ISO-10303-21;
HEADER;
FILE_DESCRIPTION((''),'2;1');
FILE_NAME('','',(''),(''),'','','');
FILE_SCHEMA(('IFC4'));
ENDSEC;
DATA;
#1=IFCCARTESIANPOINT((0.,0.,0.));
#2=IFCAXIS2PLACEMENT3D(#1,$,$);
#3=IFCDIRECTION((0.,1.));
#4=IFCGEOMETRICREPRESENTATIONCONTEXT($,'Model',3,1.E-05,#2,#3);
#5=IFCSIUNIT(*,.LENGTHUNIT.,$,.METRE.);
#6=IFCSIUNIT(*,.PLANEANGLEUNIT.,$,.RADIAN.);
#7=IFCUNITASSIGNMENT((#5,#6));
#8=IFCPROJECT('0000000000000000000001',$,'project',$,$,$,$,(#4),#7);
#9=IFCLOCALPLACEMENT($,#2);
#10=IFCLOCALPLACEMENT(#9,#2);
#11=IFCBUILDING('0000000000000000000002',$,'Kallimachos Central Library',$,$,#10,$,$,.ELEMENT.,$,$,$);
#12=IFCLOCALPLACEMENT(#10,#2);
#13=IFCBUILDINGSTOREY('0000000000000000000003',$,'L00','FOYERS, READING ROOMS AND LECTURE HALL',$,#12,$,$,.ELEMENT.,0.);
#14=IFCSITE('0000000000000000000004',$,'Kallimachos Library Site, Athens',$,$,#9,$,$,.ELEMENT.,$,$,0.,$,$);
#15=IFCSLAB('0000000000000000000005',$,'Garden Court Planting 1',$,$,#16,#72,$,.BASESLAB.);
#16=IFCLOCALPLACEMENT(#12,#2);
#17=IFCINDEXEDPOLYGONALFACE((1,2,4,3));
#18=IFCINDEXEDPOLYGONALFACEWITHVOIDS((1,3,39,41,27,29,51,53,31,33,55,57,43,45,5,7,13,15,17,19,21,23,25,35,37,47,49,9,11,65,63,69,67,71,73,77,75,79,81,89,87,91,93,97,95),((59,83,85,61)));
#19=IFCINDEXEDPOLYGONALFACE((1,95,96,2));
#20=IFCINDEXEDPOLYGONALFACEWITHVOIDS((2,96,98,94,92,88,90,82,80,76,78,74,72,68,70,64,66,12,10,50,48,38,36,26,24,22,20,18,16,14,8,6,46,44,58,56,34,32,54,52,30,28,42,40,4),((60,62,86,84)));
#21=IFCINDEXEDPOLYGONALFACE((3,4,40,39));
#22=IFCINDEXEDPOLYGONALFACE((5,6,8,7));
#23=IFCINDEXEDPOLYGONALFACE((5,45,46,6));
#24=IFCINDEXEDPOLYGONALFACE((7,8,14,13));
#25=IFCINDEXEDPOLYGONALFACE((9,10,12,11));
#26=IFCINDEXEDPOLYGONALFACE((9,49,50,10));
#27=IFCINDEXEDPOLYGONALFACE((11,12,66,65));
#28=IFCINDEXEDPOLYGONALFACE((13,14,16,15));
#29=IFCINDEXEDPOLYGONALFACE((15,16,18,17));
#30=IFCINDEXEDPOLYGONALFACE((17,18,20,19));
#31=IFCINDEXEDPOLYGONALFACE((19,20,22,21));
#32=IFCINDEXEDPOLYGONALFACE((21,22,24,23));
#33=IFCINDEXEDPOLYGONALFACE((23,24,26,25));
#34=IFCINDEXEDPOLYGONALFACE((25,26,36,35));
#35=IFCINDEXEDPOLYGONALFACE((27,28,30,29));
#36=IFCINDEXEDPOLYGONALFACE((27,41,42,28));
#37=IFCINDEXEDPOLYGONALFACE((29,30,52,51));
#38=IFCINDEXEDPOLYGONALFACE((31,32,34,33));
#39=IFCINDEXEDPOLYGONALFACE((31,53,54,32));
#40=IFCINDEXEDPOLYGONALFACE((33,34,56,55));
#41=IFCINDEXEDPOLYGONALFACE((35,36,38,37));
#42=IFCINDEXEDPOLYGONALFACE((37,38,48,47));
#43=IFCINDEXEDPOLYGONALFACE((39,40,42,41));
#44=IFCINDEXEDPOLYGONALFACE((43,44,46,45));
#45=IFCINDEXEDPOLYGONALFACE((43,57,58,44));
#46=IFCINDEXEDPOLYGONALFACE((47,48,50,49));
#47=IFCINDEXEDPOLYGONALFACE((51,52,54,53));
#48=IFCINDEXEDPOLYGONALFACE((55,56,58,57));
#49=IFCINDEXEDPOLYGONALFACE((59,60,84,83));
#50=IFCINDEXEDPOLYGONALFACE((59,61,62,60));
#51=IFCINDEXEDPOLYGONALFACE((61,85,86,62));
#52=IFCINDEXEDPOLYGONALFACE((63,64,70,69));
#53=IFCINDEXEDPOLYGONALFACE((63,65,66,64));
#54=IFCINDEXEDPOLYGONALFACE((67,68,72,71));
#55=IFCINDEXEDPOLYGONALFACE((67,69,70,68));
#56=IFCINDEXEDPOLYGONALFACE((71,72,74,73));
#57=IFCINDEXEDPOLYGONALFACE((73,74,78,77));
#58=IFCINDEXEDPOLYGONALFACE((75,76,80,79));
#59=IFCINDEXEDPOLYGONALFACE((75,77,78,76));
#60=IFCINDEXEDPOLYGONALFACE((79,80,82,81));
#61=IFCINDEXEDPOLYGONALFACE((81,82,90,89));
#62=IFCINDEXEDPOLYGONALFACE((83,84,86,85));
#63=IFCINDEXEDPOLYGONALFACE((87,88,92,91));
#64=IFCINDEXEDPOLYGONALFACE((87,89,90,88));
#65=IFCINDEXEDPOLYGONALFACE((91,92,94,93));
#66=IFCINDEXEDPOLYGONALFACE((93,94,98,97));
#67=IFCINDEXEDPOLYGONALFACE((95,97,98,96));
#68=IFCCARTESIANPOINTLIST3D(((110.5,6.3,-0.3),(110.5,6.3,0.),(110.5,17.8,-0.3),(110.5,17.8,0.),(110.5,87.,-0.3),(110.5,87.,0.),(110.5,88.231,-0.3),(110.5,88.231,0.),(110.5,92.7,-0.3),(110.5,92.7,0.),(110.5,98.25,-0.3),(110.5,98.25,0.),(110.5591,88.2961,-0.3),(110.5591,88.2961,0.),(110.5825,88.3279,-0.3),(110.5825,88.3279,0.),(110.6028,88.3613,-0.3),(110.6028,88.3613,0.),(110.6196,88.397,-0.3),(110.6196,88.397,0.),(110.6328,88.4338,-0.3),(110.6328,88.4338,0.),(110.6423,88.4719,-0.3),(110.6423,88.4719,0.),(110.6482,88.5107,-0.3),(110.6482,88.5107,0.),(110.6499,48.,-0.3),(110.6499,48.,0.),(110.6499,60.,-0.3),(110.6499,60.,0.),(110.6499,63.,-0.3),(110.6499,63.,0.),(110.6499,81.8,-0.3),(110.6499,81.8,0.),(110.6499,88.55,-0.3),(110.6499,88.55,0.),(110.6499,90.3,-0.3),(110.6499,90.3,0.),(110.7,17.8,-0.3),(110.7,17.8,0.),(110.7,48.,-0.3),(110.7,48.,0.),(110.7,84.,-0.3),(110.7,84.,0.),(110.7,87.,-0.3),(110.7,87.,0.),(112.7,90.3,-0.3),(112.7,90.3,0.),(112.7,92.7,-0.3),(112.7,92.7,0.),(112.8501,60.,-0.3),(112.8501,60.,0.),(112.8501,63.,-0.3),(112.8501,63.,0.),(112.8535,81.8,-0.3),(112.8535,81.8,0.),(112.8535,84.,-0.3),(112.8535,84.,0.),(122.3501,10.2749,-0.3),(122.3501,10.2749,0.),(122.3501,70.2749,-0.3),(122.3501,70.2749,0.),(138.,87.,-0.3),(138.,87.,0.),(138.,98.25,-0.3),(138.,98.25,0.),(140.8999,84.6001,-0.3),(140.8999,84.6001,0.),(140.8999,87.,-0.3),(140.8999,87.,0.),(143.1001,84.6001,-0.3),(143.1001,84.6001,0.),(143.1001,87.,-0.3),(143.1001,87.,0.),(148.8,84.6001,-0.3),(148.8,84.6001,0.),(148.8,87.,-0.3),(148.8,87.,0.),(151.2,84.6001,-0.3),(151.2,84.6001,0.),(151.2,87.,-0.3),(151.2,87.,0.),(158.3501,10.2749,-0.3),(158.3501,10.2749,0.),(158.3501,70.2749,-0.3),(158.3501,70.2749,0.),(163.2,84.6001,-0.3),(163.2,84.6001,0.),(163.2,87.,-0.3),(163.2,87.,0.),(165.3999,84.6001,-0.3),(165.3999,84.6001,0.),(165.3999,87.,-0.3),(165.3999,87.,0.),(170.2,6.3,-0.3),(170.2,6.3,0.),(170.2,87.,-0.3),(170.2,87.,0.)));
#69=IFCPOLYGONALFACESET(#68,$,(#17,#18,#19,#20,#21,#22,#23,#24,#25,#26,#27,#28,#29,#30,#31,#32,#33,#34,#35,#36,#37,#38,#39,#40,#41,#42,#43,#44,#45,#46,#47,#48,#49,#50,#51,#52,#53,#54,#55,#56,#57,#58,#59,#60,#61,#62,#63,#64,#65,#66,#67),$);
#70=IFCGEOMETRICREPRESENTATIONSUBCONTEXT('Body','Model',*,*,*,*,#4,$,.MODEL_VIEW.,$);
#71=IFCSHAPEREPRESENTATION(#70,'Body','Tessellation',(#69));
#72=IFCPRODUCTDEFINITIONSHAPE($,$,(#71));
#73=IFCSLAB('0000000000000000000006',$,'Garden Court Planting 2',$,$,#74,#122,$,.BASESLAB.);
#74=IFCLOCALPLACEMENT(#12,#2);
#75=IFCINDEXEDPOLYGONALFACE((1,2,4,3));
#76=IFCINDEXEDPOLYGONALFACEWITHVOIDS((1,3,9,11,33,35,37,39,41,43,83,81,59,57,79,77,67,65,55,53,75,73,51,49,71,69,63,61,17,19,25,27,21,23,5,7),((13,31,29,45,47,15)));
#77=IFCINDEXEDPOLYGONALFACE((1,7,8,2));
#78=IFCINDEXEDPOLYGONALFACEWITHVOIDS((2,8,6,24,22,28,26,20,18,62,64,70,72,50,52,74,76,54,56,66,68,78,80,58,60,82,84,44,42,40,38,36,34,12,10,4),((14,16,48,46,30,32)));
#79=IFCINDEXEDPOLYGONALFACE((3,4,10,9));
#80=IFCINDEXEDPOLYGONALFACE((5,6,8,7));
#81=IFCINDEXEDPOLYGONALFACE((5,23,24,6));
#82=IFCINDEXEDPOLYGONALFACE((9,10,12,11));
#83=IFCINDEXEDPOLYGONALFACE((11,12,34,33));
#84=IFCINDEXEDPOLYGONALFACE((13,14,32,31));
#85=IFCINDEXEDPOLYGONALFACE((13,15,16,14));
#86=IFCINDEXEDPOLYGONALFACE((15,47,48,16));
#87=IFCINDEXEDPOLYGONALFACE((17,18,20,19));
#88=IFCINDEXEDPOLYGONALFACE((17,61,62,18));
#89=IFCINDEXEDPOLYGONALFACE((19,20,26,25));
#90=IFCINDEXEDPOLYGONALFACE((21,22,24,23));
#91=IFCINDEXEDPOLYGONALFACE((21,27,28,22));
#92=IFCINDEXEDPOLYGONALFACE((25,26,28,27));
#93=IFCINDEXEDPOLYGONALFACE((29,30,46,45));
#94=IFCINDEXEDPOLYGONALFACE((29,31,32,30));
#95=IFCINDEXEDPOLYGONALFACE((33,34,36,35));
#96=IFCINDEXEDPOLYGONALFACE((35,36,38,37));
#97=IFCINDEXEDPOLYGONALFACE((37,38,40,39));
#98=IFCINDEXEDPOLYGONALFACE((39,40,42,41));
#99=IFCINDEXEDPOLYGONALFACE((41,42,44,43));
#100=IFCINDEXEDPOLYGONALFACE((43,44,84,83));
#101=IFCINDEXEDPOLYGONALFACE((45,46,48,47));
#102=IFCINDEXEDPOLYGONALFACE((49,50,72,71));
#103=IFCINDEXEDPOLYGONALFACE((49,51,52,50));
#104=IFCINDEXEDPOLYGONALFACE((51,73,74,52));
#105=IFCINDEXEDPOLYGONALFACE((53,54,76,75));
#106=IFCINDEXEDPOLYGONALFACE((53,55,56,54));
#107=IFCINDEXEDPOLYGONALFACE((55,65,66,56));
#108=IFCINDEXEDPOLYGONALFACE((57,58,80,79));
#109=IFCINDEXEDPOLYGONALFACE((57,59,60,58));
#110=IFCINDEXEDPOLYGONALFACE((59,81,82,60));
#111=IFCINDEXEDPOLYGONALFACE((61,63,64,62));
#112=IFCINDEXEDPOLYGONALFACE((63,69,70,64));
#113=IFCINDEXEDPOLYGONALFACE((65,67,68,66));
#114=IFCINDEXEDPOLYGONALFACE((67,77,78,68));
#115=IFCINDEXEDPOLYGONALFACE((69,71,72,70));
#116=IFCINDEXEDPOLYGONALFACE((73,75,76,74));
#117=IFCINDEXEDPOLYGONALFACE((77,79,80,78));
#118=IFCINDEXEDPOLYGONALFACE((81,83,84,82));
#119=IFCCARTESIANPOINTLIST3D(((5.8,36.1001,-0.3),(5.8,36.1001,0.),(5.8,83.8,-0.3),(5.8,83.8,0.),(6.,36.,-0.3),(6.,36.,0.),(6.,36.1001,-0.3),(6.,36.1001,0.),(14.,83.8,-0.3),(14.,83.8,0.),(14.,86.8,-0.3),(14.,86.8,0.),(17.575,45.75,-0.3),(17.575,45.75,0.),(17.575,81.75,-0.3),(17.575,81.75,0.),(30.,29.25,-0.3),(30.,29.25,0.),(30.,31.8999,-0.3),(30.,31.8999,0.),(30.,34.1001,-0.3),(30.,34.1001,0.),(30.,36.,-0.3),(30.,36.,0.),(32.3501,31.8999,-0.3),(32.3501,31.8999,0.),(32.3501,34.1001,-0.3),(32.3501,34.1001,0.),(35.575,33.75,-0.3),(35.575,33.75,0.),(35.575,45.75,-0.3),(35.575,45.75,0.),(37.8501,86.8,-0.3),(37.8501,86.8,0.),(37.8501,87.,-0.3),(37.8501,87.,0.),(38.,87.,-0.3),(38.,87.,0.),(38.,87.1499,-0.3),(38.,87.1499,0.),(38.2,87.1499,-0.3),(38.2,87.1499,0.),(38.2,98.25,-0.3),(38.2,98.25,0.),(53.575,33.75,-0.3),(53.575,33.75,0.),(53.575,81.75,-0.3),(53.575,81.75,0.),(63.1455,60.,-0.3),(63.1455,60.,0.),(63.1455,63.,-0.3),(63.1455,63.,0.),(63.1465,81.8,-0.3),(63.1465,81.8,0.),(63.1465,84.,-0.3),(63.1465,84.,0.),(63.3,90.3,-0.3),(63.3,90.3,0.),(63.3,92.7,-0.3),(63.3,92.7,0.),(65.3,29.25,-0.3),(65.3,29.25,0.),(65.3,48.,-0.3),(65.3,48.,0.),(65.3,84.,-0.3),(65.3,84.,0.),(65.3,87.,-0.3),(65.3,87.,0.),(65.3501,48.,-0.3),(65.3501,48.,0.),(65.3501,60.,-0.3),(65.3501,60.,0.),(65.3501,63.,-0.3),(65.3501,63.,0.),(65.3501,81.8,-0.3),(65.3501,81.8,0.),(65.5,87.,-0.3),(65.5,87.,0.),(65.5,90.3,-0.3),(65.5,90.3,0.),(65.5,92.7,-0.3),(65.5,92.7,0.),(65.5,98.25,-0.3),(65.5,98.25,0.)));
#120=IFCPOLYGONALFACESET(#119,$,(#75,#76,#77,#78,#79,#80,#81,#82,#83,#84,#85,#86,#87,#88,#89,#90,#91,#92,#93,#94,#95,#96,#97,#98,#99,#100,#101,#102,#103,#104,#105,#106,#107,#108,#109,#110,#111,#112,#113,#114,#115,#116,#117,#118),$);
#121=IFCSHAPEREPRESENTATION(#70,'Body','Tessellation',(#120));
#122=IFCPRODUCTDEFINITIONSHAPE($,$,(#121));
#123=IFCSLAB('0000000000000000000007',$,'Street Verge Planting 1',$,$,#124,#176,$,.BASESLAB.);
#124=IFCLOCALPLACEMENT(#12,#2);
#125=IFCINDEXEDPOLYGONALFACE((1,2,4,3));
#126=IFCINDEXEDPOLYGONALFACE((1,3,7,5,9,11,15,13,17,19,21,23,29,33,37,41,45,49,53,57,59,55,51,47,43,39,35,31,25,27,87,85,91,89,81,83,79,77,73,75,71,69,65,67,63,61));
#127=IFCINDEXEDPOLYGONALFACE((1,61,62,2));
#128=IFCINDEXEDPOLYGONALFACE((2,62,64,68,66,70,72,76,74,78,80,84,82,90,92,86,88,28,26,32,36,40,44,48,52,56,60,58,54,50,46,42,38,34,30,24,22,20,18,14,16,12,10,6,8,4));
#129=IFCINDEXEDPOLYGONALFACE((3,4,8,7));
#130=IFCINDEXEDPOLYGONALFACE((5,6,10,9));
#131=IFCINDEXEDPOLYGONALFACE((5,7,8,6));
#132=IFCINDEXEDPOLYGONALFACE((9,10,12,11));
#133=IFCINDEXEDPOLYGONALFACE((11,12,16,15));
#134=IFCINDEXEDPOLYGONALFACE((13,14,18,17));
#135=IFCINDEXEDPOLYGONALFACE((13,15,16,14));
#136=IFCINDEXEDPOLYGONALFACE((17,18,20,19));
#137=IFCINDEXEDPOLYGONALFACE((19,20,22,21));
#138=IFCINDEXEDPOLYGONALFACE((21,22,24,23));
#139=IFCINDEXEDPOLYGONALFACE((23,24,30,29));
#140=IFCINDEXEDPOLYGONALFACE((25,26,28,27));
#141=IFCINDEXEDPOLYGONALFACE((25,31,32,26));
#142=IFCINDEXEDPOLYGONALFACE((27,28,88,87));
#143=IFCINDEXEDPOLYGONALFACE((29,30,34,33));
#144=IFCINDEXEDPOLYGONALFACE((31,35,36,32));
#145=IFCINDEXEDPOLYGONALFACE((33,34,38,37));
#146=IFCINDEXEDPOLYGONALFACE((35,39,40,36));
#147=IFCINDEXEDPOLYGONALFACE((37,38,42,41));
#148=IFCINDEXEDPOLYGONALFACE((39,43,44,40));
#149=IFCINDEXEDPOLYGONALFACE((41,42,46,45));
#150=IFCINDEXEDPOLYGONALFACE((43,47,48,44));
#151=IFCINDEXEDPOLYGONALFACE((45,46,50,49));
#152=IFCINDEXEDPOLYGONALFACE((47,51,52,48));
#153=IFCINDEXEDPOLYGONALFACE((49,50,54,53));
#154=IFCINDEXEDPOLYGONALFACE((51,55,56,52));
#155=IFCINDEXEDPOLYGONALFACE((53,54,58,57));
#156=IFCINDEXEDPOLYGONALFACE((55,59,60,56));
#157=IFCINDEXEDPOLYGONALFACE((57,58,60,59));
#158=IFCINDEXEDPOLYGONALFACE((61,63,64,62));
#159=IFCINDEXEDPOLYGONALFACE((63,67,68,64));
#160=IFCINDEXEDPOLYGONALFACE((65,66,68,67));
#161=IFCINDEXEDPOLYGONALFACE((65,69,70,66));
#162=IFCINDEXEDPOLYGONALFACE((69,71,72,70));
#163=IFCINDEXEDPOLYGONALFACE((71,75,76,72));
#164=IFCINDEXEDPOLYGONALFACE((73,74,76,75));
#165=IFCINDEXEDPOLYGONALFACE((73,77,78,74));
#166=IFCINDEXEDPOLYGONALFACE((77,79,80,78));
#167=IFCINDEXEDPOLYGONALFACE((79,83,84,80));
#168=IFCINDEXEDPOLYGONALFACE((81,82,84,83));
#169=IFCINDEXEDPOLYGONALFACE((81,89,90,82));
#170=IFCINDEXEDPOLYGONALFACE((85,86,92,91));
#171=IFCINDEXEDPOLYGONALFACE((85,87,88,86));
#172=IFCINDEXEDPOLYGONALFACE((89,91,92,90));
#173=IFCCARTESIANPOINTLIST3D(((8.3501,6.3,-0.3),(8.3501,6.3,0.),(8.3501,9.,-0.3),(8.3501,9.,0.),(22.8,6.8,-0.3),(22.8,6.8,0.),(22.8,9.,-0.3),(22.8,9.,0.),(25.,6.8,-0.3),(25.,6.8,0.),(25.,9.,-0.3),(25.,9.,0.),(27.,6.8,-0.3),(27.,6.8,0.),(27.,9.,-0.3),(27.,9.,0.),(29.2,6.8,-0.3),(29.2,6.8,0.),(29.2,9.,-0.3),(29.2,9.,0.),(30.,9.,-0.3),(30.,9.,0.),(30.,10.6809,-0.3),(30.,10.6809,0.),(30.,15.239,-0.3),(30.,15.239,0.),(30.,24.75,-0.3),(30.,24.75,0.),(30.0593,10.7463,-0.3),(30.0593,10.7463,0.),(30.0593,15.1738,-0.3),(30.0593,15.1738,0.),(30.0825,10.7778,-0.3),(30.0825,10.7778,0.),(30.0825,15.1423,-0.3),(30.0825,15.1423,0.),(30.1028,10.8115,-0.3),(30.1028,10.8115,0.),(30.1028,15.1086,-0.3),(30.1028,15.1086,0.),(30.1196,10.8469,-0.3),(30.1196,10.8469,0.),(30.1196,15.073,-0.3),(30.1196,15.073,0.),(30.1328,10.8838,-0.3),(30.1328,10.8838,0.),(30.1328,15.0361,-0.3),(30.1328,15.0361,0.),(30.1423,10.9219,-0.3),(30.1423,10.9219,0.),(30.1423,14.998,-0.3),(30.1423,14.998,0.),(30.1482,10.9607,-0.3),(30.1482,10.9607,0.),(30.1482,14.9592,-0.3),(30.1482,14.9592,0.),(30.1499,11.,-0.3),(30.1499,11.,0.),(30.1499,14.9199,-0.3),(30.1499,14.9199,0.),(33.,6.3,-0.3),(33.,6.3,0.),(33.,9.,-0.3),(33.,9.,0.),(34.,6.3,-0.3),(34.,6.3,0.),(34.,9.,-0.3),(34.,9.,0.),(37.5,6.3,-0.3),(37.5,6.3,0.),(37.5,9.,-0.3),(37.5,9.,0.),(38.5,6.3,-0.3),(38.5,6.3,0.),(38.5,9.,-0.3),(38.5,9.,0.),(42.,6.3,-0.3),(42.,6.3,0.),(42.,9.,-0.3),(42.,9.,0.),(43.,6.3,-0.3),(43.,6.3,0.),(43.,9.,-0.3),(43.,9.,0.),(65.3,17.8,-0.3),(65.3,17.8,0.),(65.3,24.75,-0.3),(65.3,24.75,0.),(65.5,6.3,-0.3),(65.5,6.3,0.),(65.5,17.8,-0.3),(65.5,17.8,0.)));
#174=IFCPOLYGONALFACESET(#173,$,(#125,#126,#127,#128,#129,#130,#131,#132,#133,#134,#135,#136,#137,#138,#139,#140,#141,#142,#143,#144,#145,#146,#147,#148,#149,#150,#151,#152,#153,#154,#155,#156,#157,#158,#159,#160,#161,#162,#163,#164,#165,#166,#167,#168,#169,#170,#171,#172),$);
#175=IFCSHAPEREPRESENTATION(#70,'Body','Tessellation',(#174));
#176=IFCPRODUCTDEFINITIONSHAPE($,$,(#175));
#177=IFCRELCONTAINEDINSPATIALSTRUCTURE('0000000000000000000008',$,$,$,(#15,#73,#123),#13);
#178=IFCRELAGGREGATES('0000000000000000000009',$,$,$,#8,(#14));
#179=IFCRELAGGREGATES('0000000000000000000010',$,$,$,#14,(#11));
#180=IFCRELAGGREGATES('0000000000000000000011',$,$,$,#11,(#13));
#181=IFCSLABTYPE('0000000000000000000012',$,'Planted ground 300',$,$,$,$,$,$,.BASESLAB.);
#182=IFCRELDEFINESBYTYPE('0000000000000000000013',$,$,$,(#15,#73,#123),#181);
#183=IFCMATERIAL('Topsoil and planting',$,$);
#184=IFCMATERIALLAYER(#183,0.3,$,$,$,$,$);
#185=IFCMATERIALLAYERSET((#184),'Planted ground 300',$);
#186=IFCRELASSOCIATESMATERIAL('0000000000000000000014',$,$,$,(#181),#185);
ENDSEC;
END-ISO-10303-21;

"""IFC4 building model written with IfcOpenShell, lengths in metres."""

from ifc_helpers import new_model, si_unit, direction, frame, origin, place, context, subcontext, project, spatial, polyline, outline, extrude, material, layer, layer_set, type_object, element, save


model = new_model("IFC4")

# Units and contexts
model_context = context("Model", 3, precision=1e-05, world=origin(), true_north=direction((0.0, 1.0)))
body_context = subcontext(model_context, "Body", "Model", "MODEL_VIEW")
ifc_project = project(units=[si_unit("LENGTHUNIT", "METRE"), si_unit("PLANEANGLEUNIT", "RADIAN")], contexts=[model_context])

# Site, building, storey
site_placement = place(None, origin())
site = spatial("IfcSite", under=ifc_project, at=site_placement, Name="Kallimachos Library Site, Athens", CompositionType="ELEMENT", RefElevation=0.0)
building_placement = place(site_placement, origin())
building = spatial("IfcBuilding", under=site, at=building_placement, Name="Kallimachos Central Library", CompositionType="ELEMENT")
storey_placement = place(building_placement, origin())
storey = spatial("IfcBuildingStorey", under=building, at=storey_placement, Name="L00", Description="FOYERS, READING ROOMS AND LECTURE HALL", CompositionType="ELEMENT", Elevation=0.0)

# Slabs
ifc_material_1 = material(Name="Topsoil and planting")
ifc_layer_1 = layer(ifc_material_1, 0.3)
ifc_layer_set_1 = layer_set([ifc_layer_1], Name="Planted ground 300")
slab_type_1 = type_object("IfcSlabType", Name="Planted ground 300", PredefinedType="BASESLAB", material=ifc_layer_set_1)
slab_1_placement = place(storey_placement, frame((0.0, 0.0, -0.3)))
element("IfcSlab", 1, at=slab_1_placement, inside=storey, type_object=slab_type_1, Name="Garden Court Planting 1", PredefinedType="BASESLAB", context=body_context, shape_type="SweptSolid", body=[
    extrude(outline(polyline([(110.5, 98.25), (138.0, 98.25), (138.0, 87.0), (140.8999, 87.0), (140.8999, 84.6001), (143.1001, 84.6001), (143.1001, 87.0), (148.8, 87.0), (148.8, 84.6001), (151.2, 84.6001), (151.2, 87.0), (163.2, 87.0), (163.2, 84.6001), (165.3999, 84.6001), (165.3999, 87.0), (170.2, 87.0), (170.2, 6.3), (110.5, 6.3), (110.5, 17.8), (110.7, 17.8), (110.7, 48.0), (110.6499, 48.0), (110.6499, 60.0), (112.8501, 60.0), (112.8501, 63.0), (110.6499, 63.0), (110.6499, 81.8), (112.8535, 81.8), (112.8535, 84.0), (110.7, 84.0), (110.7, 87.0), (110.5, 87.0), (110.5, 88.231), (110.5591, 88.2961), (110.5825, 88.3279), (110.6028, 88.3613), (110.6196, 88.397), (110.6328, 88.4338), (110.6423, 88.4719), (110.6482, 88.5107), (110.6499, 88.55), (110.6499, 90.3), (112.7, 90.3), (112.7, 92.7), (110.5, 92.7), (110.5, 98.25)]), holes=[polyline([(158.3501, 10.2749), (158.3501, 70.2749), (122.3501, 70.2749), (122.3501, 10.2749), (158.3501, 10.2749)])]), origin(), (0.0, 0.0, 1.0), 0.3),
])
slab_2_placement = place(storey_placement, frame((0.0, 0.0, -0.3)))
element("IfcSlab", 2, at=slab_2_placement, inside=storey, type_object=slab_type_1, Name="Garden Court Planting 2", PredefinedType="BASESLAB", context=body_context, shape_type="SweptSolid", body=[
    extrude(outline(polyline([(5.8, 36.1001), (5.8, 83.8), (14.0, 83.8), (14.0, 86.8), (37.8501, 86.8), (37.8501, 87.0), (38.0, 87.0), (38.0, 87.1499), (38.2, 87.1499), (38.2, 98.25), (65.5, 98.25), (65.5, 92.7), (63.3, 92.7), (63.3, 90.3), (65.5, 90.3), (65.5, 87.0), (65.3, 87.0), (65.3, 84.0), (63.1465, 84.0), (63.1465, 81.8), (65.3501, 81.8), (65.3501, 63.0), (63.1455, 63.0), (63.1455, 60.0), (65.3501, 60.0), (65.3501, 48.0), (65.3, 48.0), (65.3, 29.25), (30.0, 29.25), (30.0, 31.8999), (32.3501, 31.8999), (32.3501, 34.1001), (30.0, 34.1001), (30.0, 36.0), (6.0, 36.0), (6.0, 36.1001), (5.8, 36.1001)]), holes=[polyline([(35.575, 45.75), (35.575, 33.75), (53.575, 33.75), (53.575, 81.75), (17.575, 81.75), (17.575, 45.75), (35.575, 45.75)])]), origin(), (0.0, 0.0, 1.0), 0.3),
])
slab_3_placement = place(storey_placement, frame((0.0, 0.0, -0.3)))
element("IfcSlab", 3, at=slab_3_placement, inside=storey, type_object=slab_type_1, Name="Street Verge Planting 1", PredefinedType="BASESLAB", context=body_context, shape_type="SweptSolid", body=[
    extrude(outline(polyline([(8.3501, 6.3), (8.3501, 9.0), (22.8, 9.0), (22.8, 6.8), (25.0, 6.8), (25.0, 9.0), (27.0, 9.0), (27.0, 6.8), (29.2, 6.8), (29.2, 9.0), (30.0, 9.0), (30.0, 10.6809), (30.0593, 10.7463), (30.0825, 10.7778), (30.1028, 10.8115), (30.1196, 10.8469), (30.1328, 10.8838), (30.1423, 10.9219), (30.1482, 10.9607), (30.1499, 11.0), (30.1499, 14.9199), (30.1482, 14.9592), (30.1423, 14.998), (30.1328, 15.0361), (30.1196, 15.073), (30.1028, 15.1086), (30.0825, 15.1423), (30.0593, 15.1738), (30.0, 15.239), (30.0, 24.75), (65.3, 24.75), (65.3, 17.8), (65.5, 17.8), (65.5, 6.3), (43.0, 6.3), (43.0, 9.0), (42.0, 9.0), (42.0, 6.3), (38.5, 6.3), (38.5, 9.0), (37.5, 9.0), (37.5, 6.3), (34.0, 6.3), (34.0, 9.0), (33.0, 9.0), (33.0, 6.3), (8.3501, 6.3)])), origin(), (0.0, 0.0, 1.0), 0.3),
])

save(model, "model.ifc")
